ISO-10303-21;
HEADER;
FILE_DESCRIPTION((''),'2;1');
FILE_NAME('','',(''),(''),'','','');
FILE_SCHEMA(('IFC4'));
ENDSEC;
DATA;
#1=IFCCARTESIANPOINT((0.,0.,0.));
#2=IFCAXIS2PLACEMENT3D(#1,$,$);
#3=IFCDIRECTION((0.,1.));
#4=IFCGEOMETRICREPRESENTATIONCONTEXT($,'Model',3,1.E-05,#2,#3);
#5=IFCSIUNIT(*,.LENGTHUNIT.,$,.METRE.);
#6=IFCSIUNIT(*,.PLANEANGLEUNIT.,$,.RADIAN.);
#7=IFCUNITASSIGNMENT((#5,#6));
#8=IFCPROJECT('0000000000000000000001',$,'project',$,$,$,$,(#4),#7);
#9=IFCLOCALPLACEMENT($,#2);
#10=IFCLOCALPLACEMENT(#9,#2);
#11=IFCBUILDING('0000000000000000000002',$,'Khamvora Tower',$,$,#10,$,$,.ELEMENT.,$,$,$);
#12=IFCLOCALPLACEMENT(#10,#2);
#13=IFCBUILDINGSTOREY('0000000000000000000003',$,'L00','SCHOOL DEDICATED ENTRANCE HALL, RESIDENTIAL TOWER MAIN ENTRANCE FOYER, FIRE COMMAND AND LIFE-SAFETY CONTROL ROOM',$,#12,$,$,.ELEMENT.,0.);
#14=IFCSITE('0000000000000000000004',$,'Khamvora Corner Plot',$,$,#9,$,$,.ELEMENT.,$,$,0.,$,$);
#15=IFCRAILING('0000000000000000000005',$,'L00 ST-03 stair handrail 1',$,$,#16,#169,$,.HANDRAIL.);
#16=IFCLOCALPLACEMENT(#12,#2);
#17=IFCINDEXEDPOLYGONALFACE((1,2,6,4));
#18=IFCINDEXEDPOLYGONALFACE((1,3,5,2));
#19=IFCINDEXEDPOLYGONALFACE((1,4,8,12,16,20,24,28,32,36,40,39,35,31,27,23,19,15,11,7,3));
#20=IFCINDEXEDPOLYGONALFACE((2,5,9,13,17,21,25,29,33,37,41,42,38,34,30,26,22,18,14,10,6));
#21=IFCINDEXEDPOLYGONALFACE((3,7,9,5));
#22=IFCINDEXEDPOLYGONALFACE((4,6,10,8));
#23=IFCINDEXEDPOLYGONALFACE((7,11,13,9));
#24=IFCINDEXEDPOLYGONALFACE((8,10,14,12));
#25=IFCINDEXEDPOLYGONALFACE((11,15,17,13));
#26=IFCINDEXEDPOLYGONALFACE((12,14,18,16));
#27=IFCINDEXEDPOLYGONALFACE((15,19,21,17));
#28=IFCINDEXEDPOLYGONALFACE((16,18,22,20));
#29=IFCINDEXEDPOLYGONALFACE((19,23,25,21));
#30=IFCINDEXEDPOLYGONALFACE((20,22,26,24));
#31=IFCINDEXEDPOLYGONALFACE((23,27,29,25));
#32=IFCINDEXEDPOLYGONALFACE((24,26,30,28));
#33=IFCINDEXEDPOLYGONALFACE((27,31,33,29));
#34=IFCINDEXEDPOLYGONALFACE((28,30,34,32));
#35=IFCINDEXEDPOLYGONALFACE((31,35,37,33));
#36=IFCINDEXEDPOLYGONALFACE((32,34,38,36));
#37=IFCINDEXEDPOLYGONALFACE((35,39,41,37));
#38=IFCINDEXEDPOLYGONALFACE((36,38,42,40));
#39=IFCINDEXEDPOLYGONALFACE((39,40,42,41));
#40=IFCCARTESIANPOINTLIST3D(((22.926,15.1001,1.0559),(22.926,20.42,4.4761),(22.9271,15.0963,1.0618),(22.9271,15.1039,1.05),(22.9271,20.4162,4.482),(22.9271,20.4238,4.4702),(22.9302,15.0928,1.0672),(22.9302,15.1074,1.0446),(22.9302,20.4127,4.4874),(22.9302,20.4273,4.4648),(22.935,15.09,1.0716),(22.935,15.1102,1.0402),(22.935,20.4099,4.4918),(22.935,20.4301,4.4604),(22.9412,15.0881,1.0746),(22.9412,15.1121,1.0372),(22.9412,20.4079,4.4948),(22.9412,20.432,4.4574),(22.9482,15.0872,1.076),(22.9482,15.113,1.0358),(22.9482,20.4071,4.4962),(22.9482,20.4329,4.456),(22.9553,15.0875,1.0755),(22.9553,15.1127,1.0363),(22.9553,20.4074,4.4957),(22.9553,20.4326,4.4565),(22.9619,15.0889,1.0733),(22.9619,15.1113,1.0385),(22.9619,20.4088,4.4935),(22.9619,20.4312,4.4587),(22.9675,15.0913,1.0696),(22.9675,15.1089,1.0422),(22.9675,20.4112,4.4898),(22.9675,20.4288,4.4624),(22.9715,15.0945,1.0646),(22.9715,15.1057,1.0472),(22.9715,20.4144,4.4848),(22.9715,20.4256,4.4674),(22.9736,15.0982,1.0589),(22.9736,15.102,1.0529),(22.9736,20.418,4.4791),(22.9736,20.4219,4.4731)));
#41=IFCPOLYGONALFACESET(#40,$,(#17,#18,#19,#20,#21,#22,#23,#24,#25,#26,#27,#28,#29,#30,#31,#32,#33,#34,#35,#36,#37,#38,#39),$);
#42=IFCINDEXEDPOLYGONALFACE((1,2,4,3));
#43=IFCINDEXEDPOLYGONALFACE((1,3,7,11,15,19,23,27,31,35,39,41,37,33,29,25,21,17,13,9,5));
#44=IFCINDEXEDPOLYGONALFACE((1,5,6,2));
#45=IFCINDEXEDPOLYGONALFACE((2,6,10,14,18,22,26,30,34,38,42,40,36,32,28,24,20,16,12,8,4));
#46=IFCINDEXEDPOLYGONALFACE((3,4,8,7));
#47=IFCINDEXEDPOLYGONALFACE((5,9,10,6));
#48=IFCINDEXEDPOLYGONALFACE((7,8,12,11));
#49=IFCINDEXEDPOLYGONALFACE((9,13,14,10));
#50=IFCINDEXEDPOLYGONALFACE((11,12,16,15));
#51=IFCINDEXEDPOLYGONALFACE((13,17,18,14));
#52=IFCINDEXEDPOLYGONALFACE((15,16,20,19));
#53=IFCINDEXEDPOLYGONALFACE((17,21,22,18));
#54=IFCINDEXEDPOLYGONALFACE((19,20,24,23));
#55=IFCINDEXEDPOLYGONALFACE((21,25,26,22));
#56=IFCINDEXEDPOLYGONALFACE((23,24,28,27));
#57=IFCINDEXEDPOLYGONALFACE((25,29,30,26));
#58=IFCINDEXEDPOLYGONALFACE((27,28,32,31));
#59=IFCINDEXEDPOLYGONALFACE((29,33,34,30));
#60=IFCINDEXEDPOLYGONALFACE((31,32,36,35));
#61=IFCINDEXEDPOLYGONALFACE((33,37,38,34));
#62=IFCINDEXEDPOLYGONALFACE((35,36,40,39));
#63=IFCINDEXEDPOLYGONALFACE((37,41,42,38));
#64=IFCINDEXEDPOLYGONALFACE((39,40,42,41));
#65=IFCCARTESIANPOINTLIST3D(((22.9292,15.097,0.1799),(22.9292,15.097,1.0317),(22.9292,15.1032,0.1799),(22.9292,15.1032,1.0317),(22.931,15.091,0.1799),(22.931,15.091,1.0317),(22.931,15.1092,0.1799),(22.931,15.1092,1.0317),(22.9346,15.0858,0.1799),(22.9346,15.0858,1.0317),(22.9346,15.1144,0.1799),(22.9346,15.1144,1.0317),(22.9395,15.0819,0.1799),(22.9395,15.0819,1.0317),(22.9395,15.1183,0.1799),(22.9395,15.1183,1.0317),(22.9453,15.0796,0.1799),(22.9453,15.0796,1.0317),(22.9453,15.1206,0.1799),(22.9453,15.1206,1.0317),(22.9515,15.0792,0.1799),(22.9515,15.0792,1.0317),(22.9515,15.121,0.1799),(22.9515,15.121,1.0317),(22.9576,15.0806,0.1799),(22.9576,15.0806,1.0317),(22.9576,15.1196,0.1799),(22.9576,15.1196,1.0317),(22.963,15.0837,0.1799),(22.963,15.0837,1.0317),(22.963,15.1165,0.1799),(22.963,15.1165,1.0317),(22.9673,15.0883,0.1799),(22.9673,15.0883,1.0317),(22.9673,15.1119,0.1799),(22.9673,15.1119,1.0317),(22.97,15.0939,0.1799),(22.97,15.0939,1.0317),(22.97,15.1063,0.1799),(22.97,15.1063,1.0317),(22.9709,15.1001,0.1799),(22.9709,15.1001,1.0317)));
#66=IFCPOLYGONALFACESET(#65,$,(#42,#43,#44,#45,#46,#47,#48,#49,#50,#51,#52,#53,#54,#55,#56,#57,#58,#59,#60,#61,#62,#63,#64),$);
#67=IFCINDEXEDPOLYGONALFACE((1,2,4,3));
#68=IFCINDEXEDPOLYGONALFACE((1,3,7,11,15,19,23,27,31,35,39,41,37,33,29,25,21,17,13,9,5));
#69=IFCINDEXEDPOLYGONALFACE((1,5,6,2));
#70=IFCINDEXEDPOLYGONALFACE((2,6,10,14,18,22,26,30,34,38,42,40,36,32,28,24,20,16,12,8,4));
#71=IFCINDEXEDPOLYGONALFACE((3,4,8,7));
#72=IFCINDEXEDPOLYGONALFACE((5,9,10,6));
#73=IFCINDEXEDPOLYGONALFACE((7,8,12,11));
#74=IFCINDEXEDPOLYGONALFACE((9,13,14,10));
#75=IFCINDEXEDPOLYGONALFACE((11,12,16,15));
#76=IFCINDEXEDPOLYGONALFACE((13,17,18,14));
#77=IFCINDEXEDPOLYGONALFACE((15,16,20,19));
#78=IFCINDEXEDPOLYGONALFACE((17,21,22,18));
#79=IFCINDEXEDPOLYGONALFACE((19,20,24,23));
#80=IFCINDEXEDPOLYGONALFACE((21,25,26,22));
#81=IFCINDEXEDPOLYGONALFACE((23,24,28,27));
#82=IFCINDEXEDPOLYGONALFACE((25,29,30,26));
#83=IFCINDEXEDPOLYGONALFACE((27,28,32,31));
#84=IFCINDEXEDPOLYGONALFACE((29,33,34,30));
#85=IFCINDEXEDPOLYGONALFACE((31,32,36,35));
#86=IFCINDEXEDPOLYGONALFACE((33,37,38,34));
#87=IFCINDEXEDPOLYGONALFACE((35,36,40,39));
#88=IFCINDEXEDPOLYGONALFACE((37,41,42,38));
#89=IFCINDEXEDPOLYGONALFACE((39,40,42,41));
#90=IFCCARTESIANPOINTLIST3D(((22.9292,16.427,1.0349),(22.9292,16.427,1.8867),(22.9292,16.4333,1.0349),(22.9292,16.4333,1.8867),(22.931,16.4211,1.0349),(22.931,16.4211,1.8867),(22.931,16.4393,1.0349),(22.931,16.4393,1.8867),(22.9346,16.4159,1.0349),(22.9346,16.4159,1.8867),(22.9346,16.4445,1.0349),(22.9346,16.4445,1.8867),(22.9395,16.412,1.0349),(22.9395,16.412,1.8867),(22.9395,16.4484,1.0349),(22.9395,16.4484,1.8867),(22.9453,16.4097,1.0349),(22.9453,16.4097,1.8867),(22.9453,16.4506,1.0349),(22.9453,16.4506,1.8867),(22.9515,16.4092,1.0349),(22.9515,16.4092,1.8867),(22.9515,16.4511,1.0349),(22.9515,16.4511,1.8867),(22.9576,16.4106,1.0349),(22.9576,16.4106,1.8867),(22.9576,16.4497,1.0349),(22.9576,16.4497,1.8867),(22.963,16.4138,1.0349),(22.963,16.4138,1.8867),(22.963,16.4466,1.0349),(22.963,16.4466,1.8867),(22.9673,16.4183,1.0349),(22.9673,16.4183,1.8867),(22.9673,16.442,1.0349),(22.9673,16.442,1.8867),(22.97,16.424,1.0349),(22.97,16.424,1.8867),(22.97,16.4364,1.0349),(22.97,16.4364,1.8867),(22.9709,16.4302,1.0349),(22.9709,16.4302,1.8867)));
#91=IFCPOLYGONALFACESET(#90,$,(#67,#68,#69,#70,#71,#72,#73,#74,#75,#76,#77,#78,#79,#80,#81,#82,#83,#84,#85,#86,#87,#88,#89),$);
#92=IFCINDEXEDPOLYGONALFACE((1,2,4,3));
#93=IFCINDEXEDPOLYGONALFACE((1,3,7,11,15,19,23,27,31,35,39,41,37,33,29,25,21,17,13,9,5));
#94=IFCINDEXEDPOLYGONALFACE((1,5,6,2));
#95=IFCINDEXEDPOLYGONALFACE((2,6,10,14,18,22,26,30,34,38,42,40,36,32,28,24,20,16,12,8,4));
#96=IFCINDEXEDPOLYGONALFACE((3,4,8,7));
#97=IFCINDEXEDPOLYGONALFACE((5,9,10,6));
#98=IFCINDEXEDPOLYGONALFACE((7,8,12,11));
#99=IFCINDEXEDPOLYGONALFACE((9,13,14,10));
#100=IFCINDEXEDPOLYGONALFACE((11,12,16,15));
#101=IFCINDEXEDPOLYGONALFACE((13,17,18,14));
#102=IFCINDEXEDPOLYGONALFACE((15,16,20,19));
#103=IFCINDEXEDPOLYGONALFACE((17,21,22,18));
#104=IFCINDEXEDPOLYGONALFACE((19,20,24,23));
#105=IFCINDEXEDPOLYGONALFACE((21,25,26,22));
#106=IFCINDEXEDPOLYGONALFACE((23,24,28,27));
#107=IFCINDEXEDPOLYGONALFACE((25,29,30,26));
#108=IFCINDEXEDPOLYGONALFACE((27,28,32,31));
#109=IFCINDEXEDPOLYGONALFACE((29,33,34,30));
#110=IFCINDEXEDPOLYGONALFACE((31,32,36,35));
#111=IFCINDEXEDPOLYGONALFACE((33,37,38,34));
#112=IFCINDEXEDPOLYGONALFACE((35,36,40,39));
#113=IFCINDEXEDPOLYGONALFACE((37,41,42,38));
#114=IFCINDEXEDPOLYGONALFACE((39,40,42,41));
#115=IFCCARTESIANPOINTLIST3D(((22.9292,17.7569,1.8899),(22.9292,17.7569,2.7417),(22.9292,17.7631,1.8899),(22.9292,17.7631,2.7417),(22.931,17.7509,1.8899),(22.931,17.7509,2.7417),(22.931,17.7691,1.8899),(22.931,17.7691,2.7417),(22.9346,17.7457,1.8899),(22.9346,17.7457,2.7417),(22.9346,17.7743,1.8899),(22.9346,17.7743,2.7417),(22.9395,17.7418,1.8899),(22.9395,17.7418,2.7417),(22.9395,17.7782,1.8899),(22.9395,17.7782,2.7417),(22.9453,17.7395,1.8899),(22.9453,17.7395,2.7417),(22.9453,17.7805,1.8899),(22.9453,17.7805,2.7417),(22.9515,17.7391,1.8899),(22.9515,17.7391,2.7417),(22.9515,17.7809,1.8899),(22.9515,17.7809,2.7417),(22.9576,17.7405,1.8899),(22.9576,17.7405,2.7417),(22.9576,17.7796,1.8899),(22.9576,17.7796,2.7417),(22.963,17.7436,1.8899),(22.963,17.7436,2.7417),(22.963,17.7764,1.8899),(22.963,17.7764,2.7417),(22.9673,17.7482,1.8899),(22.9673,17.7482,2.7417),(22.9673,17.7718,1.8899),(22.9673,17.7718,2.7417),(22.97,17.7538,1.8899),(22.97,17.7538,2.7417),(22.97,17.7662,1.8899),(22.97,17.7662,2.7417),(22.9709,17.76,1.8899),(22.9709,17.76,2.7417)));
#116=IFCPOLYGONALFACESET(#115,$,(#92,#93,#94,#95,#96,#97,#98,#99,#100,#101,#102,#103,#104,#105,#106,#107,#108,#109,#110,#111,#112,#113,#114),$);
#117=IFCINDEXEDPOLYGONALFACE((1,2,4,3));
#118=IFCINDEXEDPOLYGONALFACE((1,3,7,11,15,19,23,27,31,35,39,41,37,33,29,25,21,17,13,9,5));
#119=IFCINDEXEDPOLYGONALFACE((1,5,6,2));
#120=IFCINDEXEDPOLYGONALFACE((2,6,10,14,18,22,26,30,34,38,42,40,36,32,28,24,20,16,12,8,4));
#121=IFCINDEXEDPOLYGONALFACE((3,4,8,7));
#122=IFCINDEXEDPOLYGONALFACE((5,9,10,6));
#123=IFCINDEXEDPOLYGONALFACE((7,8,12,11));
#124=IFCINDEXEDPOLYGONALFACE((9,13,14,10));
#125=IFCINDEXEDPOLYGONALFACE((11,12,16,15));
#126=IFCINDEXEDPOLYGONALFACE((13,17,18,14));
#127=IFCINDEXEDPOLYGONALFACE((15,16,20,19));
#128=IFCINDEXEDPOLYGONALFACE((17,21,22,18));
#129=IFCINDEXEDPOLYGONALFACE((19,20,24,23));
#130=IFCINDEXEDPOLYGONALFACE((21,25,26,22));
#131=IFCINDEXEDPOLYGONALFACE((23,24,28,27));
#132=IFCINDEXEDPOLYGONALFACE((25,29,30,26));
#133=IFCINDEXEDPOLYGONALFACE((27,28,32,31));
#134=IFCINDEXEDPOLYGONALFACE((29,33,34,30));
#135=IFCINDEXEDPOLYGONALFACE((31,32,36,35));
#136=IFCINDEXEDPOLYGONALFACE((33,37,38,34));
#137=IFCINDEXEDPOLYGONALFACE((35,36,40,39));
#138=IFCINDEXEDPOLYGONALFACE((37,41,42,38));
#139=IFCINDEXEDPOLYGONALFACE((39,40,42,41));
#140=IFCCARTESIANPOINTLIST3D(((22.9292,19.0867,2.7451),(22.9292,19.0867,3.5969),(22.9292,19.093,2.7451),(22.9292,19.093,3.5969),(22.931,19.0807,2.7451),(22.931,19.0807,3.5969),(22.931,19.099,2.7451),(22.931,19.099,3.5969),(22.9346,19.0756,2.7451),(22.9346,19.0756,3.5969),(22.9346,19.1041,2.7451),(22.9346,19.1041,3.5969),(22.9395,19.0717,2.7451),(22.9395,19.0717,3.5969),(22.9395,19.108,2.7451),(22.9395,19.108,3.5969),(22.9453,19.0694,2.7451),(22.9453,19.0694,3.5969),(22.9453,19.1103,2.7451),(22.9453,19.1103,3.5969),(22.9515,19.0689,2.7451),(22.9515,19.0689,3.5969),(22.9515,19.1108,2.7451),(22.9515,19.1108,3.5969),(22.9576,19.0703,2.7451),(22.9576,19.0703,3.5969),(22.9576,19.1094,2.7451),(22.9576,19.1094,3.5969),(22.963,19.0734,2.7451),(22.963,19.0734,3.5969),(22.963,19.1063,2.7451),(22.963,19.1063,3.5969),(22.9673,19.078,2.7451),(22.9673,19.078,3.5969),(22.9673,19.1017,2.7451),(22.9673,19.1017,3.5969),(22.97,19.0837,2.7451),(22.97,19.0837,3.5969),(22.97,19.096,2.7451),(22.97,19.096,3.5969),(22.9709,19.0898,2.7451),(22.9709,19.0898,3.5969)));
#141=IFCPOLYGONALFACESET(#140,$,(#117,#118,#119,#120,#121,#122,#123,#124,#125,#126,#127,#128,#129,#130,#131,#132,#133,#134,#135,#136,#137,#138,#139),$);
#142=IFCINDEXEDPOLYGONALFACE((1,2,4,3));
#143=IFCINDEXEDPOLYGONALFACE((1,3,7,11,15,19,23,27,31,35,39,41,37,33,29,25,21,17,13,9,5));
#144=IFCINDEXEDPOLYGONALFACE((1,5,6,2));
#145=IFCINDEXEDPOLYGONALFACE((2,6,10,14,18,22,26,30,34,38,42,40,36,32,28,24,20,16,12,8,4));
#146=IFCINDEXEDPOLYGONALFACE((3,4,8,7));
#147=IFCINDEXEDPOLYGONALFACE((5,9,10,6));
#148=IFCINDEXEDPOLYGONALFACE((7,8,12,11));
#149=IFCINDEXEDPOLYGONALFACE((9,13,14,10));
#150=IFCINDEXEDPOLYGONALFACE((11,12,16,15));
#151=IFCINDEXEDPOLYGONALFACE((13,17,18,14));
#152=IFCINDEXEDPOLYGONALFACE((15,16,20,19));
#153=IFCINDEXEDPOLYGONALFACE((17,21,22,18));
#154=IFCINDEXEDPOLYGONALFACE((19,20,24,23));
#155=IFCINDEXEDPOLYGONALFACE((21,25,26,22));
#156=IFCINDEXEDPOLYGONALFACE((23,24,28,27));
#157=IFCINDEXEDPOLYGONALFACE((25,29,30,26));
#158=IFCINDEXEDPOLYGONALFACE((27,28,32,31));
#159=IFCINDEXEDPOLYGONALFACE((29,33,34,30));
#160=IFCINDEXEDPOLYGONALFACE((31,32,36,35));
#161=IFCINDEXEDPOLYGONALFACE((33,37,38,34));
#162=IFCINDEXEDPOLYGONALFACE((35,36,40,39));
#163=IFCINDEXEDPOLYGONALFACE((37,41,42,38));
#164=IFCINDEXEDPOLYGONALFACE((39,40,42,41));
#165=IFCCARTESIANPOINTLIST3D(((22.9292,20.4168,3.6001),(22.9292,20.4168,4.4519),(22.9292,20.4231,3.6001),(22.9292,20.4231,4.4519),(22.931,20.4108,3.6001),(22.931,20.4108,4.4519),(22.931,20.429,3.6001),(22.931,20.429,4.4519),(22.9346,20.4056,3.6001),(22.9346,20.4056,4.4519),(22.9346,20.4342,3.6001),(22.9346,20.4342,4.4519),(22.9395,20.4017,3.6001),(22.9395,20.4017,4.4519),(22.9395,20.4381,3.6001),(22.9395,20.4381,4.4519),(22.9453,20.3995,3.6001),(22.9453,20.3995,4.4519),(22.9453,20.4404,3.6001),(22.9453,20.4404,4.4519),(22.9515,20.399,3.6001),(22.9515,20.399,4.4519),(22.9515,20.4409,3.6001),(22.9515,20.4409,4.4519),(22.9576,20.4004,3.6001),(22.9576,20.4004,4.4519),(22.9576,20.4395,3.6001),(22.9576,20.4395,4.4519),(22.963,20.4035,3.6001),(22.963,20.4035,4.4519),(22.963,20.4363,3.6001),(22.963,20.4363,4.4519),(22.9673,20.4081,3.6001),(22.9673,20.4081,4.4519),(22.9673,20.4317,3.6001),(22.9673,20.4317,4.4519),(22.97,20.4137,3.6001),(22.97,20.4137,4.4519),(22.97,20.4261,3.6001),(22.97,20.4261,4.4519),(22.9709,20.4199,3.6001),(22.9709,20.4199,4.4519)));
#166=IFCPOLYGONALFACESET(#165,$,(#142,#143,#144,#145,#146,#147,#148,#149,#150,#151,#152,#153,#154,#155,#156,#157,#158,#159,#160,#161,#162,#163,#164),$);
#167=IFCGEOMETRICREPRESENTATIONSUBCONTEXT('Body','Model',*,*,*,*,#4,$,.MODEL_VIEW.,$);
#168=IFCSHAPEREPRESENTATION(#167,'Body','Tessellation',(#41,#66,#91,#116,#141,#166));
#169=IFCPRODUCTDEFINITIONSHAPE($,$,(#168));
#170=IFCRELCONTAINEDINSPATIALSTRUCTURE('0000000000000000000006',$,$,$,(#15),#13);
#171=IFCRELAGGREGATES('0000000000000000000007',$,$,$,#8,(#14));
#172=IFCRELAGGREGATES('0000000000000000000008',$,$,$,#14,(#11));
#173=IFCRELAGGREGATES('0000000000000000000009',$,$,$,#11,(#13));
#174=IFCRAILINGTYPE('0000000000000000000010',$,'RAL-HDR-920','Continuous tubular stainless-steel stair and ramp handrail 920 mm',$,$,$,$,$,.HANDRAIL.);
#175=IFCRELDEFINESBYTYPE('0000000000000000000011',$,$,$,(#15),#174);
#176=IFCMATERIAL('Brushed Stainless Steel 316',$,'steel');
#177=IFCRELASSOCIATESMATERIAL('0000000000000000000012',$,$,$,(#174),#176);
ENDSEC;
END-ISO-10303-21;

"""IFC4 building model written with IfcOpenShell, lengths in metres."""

from ifc_helpers import new_model, si_unit, direction, frame, origin, origin_2d, place, context, subcontext, project, spatial, circle, extrude, material, type_object, element, save


model = new_model("IFC4")

# Units and contexts
model_context = context("Model", 3, precision=1e-05, world=origin(), true_north=direction((0.0, 1.0)))
body_context = subcontext(model_context, "Body", "Model", "MODEL_VIEW")
ifc_project = project(units=[si_unit("LENGTHUNIT", "METRE"), si_unit("PLANEANGLEUNIT", "RADIAN")], contexts=[model_context])

# Site, building, storey
site_placement = place(None, origin())
site = spatial("IfcSite", under=ifc_project, at=site_placement, Name="Khamvora Corner Plot", CompositionType="ELEMENT", RefElevation=0.0)
building_placement = place(site_placement, origin())
building = spatial("IfcBuilding", under=site, at=building_placement, Name="Khamvora Tower", CompositionType="ELEMENT")
storey_placement = place(building_placement, origin())
storey = spatial("IfcBuildingStorey", under=building, at=storey_placement, Name="L00", Description="SCHOOL DEDICATED ENTRANCE HALL, RESIDENTIAL TOWER MAIN ENTRANCE FOYER, FIRE COMMAND AND LIFE-SAFETY CONTROL ROOM", CompositionType="ELEMENT", Elevation=0.0)

# Railing
ifc_material_1 = material(Name="Brushed Stainless Steel 316", Category="steel")
railing_type_1 = type_object("IfcRailingType", Name="RAL-HDR-920", Description="Continuous tubular stainless-steel stair and ramp handrail 920 mm", PredefinedType="HANDRAIL", material=ifc_material_1)
railing_1_placement = place(storey_placement, frame((22.95, 15.1001, 0.1799)))
element("IfcRailing", 1, at=railing_1_placement, inside=storey, type_object=railing_type_1, Name="L00 ST-03 stair handrail 1", PredefinedType="HANDRAIL", context=body_context, shape_type="SweptSolid", body=[
    extrude(circle(Radius=0.0239, at=origin_2d()), frame((0.0, 0.0, 0.876), z_axis=(0.0, 0.841158, 0.540789), x_axis=(-1.0, 0.0, 0.0)), (0.0, 0.0, 1.0), 6.3245),
    extrude(circle(Radius=0.021, at=origin_2d()), origin(), (0.0, 0.0, 1.0), 0.8518),
    extrude(circle(Radius=0.021, at=origin_2d()), frame((0.0, 1.3301, 0.855)), (0.0, 0.0, 1.0), 0.8518),
    extrude(circle(Radius=0.021, at=origin_2d()), frame((0.0, 2.6599, 1.71)), (0.0, 0.0, 1.0), 0.8518),
    extrude(circle(Radius=0.021, at=origin_2d()), frame((0.0, 3.9897, 2.5652)), (0.0, 0.0, 1.0), 0.8518),
    extrude(circle(Radius=0.021, at=origin_2d()), frame((0.0, 5.3198, 3.4202)), (0.0, 0.0, 1.0), 0.8518),
])

save(model, "model.ifc")
